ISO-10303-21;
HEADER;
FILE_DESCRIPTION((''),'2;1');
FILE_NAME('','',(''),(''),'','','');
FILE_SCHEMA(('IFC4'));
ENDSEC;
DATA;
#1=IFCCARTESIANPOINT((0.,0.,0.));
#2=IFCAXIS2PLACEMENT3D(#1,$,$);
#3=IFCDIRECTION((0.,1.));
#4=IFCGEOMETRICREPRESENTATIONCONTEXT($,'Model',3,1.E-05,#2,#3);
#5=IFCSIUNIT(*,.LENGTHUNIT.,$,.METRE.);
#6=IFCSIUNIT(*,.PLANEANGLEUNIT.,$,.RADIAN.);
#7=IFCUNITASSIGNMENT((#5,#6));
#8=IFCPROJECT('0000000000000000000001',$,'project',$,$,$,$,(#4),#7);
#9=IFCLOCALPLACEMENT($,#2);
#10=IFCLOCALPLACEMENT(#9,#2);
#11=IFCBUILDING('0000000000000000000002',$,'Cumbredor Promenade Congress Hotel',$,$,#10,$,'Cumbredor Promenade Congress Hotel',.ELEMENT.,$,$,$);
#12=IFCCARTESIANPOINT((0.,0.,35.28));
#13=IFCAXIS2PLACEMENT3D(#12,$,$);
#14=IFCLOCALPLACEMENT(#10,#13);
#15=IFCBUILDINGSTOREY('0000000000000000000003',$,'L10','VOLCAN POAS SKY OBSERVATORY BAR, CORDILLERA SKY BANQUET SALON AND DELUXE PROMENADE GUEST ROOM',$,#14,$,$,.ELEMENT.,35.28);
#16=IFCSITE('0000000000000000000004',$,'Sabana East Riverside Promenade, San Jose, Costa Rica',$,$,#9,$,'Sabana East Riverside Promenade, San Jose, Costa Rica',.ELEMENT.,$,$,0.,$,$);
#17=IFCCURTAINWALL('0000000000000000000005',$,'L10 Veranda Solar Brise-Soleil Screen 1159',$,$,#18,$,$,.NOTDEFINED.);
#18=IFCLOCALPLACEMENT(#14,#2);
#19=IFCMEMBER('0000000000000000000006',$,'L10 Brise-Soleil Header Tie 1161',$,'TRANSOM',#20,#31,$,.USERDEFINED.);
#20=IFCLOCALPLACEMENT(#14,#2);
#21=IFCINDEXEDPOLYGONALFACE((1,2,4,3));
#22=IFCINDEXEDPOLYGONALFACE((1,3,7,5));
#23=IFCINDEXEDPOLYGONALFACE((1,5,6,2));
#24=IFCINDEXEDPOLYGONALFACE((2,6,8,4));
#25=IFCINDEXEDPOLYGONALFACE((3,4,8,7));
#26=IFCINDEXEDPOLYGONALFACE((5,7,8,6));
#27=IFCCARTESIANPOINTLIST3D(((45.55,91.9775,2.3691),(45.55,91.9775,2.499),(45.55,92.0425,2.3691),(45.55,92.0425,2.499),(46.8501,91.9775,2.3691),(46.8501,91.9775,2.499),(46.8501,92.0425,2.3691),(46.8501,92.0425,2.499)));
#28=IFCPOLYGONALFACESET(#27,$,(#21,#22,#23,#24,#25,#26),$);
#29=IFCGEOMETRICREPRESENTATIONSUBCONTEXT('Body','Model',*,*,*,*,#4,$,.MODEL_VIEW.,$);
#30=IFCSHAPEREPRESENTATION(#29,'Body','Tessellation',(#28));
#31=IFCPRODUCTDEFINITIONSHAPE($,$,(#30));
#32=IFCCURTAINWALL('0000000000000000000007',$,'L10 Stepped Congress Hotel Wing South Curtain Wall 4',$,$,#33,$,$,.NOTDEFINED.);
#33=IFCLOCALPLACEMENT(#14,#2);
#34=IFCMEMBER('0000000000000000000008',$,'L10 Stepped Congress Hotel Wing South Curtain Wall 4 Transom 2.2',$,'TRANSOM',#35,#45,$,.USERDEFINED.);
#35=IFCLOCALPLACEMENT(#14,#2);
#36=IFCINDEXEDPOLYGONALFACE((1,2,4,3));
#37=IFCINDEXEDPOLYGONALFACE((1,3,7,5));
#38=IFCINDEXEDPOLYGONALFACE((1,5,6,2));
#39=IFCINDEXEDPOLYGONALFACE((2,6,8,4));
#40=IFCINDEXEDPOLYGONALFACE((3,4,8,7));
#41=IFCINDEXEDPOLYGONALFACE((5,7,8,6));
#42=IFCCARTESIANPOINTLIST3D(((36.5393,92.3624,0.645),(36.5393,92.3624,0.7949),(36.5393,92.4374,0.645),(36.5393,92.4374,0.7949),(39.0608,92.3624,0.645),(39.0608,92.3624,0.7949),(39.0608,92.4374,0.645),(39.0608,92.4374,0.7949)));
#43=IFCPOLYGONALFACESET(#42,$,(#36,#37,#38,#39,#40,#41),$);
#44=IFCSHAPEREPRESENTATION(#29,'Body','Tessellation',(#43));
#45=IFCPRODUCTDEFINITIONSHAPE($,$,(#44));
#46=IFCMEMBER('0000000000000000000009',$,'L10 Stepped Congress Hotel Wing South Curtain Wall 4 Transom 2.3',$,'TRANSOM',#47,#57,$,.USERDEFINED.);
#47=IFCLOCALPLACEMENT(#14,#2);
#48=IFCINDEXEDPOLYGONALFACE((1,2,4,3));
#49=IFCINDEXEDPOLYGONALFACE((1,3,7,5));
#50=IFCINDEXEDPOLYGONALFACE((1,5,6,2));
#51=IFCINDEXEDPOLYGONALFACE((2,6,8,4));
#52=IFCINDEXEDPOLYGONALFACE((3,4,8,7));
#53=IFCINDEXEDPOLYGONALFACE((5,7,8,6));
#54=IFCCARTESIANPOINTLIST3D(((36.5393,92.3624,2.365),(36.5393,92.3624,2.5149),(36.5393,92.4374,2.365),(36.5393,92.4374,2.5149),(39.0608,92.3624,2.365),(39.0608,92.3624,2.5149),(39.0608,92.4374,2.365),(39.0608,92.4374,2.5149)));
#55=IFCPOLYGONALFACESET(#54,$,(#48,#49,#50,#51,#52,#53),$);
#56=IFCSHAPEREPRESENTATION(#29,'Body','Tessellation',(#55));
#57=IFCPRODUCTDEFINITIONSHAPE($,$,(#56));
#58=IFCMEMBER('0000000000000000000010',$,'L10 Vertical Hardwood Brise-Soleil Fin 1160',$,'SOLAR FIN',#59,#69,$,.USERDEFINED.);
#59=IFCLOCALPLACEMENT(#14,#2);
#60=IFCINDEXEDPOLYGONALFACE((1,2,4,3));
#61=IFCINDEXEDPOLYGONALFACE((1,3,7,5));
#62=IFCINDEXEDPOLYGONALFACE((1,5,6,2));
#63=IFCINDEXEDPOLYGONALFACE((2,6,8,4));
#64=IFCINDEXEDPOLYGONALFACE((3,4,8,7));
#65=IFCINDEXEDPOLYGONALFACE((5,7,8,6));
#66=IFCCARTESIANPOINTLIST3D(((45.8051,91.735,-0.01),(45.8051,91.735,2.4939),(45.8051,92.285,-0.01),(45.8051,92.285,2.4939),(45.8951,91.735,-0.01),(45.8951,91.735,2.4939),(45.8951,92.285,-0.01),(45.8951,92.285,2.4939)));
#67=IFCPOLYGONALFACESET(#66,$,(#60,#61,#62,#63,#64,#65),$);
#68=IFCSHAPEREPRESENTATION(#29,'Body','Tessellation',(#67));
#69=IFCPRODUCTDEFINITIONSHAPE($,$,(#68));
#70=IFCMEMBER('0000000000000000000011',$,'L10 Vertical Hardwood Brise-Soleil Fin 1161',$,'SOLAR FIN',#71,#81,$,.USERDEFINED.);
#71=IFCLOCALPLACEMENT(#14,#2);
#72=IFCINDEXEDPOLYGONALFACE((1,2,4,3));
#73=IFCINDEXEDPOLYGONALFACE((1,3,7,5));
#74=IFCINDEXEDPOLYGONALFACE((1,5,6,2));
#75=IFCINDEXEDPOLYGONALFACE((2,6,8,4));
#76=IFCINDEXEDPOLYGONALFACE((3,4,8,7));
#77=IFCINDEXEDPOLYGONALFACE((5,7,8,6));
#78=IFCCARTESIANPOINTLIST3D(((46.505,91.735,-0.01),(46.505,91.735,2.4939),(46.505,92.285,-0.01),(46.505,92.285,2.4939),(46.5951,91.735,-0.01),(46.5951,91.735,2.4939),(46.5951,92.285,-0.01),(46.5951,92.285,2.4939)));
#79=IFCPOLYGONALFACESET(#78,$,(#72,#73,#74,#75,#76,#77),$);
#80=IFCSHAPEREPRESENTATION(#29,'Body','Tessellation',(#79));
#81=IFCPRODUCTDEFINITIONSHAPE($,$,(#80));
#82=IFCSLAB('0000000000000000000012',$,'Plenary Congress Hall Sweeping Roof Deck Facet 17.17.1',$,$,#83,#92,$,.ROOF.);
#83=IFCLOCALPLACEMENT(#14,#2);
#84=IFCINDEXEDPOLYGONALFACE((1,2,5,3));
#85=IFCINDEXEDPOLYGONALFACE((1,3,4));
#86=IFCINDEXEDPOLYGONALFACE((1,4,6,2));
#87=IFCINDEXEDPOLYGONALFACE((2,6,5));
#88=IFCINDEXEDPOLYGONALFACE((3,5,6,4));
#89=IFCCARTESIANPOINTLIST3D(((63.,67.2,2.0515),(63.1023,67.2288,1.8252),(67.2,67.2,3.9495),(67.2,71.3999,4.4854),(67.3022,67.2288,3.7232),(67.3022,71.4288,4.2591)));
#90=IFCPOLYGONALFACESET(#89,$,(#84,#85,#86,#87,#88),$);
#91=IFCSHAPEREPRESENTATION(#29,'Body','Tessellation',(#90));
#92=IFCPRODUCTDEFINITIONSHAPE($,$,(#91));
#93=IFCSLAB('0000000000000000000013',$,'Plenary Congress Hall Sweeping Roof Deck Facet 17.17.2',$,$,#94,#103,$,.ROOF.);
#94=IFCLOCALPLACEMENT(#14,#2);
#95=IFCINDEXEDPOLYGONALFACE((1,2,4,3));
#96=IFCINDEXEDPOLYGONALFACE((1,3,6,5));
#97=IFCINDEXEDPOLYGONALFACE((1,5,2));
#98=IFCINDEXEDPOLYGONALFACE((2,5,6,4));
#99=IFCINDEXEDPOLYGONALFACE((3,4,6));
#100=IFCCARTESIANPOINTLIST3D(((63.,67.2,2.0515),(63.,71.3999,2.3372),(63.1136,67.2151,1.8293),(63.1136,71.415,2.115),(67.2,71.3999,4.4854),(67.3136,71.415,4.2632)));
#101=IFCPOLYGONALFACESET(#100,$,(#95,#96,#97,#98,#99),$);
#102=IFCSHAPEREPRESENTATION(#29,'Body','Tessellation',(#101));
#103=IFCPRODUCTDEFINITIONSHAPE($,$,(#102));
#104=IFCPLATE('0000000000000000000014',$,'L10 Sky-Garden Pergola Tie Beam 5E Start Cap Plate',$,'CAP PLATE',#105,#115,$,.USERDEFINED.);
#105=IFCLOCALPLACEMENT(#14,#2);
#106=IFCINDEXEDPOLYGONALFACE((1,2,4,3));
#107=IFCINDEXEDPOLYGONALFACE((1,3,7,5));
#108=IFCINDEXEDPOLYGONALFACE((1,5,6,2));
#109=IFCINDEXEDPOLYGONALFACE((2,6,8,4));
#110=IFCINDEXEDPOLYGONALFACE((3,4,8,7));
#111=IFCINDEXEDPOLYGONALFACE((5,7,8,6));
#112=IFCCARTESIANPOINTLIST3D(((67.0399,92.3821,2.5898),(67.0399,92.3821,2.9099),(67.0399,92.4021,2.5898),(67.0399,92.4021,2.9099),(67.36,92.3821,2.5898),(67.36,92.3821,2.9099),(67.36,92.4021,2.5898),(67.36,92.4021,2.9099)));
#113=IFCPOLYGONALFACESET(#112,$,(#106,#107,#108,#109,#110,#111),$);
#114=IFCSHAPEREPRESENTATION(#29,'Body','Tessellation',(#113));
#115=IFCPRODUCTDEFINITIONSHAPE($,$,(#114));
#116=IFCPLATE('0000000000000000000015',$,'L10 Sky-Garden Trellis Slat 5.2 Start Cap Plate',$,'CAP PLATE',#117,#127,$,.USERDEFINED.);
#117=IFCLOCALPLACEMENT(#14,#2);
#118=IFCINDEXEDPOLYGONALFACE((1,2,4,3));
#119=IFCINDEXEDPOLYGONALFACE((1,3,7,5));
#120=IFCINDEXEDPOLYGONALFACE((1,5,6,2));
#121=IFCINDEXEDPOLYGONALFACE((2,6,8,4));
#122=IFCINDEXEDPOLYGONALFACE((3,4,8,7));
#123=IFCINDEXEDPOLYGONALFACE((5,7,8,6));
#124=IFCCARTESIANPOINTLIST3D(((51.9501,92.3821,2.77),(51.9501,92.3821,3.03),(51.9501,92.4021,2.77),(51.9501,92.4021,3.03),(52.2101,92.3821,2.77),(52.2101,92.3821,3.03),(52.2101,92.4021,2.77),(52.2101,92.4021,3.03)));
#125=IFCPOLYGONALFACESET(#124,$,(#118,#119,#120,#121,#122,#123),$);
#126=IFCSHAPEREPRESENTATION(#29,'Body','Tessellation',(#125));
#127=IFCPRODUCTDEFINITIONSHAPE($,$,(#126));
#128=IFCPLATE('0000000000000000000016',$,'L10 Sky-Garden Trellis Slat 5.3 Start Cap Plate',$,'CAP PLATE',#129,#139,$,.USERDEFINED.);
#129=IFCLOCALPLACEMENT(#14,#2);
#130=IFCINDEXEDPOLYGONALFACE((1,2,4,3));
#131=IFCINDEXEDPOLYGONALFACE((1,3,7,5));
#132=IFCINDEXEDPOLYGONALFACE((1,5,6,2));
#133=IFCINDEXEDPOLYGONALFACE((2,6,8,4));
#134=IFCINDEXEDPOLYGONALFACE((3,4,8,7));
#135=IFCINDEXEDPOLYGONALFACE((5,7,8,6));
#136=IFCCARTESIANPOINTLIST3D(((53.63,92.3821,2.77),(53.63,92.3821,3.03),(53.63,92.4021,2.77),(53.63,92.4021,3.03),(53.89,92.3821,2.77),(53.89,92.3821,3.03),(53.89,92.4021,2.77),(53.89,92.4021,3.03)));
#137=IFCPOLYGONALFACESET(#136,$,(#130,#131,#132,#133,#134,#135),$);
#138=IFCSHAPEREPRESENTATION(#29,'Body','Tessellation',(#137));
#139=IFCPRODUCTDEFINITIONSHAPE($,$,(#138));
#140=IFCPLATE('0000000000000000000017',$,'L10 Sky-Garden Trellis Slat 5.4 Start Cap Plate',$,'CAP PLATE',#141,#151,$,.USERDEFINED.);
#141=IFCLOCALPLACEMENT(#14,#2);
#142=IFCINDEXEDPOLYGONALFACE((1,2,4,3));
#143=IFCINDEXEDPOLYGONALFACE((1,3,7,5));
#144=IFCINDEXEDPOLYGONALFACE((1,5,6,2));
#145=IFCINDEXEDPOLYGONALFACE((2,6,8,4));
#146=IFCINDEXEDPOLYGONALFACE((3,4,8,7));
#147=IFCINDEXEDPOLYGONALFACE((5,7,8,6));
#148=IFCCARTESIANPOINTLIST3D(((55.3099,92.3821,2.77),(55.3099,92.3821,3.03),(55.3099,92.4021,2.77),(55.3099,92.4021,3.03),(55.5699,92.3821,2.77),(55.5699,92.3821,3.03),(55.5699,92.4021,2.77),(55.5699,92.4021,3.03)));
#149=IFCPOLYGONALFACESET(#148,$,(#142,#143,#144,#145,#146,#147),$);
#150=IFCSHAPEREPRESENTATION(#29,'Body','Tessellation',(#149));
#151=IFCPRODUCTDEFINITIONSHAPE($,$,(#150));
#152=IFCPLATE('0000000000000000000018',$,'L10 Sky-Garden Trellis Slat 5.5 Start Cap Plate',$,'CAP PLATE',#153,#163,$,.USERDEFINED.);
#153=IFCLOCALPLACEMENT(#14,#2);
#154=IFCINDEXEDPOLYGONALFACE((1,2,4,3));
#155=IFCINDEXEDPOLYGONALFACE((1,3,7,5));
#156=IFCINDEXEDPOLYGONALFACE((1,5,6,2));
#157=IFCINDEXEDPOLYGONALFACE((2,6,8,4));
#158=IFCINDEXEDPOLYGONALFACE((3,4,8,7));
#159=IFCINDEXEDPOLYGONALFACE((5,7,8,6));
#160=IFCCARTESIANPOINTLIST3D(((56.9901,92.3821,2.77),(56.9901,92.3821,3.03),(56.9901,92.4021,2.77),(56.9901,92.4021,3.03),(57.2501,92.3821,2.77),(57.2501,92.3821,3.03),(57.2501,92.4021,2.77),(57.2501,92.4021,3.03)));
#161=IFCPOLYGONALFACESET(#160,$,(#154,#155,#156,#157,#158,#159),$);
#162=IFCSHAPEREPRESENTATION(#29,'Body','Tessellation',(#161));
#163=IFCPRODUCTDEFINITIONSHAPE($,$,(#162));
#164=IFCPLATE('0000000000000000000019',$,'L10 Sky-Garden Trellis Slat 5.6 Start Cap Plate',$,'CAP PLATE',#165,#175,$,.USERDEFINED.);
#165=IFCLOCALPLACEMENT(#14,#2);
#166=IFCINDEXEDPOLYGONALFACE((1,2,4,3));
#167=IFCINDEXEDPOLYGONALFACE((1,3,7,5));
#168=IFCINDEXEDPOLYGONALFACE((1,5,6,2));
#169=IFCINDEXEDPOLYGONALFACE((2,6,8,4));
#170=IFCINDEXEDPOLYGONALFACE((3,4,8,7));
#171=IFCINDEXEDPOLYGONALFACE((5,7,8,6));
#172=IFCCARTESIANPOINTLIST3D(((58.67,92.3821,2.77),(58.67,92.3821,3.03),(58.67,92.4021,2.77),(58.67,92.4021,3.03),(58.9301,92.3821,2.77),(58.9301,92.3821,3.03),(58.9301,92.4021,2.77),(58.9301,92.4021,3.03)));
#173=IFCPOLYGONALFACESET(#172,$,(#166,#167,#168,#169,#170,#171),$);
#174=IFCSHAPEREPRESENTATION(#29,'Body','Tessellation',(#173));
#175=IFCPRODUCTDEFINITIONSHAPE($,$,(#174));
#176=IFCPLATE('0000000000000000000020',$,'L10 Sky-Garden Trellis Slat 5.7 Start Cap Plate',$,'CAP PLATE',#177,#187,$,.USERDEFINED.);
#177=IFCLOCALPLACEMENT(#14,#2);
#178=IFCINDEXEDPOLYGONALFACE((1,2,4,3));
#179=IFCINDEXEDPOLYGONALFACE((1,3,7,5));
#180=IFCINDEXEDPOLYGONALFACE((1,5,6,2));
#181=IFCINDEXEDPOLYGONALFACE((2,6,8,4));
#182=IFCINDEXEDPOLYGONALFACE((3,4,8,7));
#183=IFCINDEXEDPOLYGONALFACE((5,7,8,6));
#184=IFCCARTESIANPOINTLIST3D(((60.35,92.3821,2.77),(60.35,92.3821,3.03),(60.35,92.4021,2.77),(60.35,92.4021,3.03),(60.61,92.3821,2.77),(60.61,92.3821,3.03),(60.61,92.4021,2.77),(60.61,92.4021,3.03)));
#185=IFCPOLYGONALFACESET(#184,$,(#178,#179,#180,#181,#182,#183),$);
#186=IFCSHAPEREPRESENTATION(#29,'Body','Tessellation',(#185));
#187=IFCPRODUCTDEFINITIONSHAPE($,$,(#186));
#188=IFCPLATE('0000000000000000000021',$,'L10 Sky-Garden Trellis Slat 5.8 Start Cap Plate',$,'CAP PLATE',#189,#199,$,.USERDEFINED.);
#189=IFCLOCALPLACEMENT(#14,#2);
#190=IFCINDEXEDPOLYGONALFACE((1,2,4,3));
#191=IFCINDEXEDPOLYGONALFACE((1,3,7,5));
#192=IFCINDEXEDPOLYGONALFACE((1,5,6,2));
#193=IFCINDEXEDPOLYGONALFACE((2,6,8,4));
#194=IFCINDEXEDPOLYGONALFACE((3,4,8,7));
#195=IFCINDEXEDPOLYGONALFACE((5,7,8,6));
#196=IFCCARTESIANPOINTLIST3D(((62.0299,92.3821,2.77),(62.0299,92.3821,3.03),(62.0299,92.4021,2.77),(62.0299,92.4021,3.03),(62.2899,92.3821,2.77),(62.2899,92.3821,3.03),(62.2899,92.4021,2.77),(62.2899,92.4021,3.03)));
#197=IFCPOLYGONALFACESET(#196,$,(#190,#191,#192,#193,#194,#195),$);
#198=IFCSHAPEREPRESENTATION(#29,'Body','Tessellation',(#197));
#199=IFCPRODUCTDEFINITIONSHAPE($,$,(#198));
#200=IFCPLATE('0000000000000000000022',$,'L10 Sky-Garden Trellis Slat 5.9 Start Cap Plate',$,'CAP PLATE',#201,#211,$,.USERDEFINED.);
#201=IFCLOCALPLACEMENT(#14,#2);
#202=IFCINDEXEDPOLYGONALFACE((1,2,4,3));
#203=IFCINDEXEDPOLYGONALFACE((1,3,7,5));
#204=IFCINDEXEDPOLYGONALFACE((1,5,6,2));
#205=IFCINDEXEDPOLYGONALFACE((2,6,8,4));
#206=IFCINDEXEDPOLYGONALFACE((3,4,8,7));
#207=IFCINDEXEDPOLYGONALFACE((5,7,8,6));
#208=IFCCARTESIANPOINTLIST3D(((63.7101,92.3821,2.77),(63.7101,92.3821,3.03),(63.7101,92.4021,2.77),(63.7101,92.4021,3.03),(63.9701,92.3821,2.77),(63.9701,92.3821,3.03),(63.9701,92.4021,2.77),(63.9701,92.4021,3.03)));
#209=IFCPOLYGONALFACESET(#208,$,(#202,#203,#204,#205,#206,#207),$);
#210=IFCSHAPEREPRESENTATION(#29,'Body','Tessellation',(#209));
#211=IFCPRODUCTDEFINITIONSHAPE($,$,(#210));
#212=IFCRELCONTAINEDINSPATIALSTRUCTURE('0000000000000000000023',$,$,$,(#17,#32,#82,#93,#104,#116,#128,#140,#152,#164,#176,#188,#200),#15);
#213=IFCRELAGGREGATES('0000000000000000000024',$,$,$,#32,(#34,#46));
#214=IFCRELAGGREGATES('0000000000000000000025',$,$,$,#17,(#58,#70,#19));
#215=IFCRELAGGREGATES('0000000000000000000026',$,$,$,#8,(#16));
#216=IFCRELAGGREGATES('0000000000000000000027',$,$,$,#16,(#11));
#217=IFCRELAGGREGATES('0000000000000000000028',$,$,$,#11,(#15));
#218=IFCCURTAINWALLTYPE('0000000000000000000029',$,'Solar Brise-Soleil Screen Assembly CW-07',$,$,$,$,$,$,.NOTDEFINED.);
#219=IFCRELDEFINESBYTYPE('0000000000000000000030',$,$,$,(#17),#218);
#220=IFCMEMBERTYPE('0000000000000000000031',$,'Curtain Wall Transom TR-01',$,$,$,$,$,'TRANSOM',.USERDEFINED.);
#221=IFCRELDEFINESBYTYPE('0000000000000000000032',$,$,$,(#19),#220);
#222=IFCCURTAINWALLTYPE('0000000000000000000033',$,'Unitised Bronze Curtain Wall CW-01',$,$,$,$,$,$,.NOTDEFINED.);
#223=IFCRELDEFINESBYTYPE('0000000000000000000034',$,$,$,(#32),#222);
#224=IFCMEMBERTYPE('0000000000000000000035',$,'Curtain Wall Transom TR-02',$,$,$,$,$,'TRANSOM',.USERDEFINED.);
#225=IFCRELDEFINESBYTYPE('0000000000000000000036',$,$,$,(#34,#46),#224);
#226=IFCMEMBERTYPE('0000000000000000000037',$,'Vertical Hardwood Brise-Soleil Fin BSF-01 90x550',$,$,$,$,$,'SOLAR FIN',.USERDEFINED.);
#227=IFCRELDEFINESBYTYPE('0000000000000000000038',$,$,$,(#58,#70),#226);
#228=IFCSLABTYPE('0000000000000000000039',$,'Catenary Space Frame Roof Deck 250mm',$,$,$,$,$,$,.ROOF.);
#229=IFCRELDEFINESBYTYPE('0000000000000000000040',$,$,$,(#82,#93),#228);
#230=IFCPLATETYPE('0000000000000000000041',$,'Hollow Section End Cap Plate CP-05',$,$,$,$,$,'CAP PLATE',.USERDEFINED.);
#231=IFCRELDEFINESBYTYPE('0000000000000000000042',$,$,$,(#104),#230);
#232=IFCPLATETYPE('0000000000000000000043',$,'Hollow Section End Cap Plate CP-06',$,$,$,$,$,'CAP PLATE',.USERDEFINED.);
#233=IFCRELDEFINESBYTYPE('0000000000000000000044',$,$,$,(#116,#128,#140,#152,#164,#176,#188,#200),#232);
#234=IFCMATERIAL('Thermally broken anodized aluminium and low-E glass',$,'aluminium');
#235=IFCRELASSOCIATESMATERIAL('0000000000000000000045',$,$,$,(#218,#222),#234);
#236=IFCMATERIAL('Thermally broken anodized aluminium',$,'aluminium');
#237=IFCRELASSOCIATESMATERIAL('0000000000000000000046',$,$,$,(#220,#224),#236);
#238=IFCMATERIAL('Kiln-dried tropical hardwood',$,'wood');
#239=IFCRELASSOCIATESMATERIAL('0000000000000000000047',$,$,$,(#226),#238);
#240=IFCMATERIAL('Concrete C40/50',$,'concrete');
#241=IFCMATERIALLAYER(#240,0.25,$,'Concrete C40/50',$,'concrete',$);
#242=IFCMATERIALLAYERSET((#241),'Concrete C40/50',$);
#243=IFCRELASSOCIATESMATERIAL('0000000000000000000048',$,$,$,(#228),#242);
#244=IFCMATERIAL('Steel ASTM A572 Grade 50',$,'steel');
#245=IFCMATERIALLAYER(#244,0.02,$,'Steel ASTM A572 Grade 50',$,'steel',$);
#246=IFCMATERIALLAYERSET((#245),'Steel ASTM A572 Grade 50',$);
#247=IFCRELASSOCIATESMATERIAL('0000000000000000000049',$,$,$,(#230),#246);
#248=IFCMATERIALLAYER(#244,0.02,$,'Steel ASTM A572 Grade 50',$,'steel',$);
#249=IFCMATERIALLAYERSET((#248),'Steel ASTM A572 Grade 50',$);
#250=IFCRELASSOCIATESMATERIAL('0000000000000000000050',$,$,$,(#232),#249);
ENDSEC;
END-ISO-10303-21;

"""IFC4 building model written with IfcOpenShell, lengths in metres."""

from ifc_helpers import new_model, si_unit, direction, frame, origin, origin_2d, place, context, subcontext, project, spatial, polyline, rectangle, outline, extrude, material, layer, layer_set, material_profile, profile_set, type_object, element, aggregate, save


model = new_model("IFC4")

# Units and contexts
model_context = context("Model", 3, precision=1e-05, world=origin(), true_north=direction((0.0, 1.0)))
body_context = subcontext(model_context, "Body", "Model", "MODEL_VIEW")
ifc_project = project(units=[si_unit("LENGTHUNIT", "METRE"), si_unit("PLANEANGLEUNIT", "RADIAN")], contexts=[model_context])

# Site, building, storey
site_placement = place(None, origin())
site = spatial("IfcSite", under=ifc_project, at=site_placement, Name="Sabana East Riverside Promenade, San Jose, Costa Rica", LongName="Sabana East Riverside Promenade, San Jose, Costa Rica", CompositionType="ELEMENT", RefElevation=0.0)
building_placement = place(site_placement, origin())
building = spatial("IfcBuilding", under=site, at=building_placement, Name="Cumbredor Promenade Congress Hotel", LongName="Cumbredor Promenade Congress Hotel", CompositionType="ELEMENT")
storey_placement = place(building_placement, frame((0.0, 0.0, 35.28)))
storey = spatial("IfcBuildingStorey", under=building, at=storey_placement, Name="L10", Description="VOLCAN POAS SKY OBSERVATORY BAR, CORDILLERA SKY BANQUET SALON AND DELUXE PROMENADE GUEST ROOM", CompositionType="ELEMENT", Elevation=35.28)

# Curtain wall, member
ifc_material_1 = material(Name="Thermally broken anodized aluminium and low-E glass", Category="aluminium")
curtain_wall_type_1 = type_object("IfcCurtainWallType", Name="Solar Brise-Soleil Screen Assembly CW-07", PredefinedType="NOTDEFINED", material=ifc_material_1)
curtain_wall_1_placement = place(storey_placement, origin())
curtain_wall_1 = element("IfcCurtainWall", 1, at=curtain_wall_1_placement, inside=storey, type_object=curtain_wall_type_1, Name="L10 Veranda Solar Brise-Soleil Screen 1159", PredefinedType="NOTDEFINED")
ifc_material_2 = material(Name="Thermally broken anodized aluminium", Category="aluminium")
ifc_material_profile_1 = material_profile(ifc_material_2, rectangle(XDim=0.0649, YDim=0.1299, at=origin_2d()), Name="ALU TRANSOM 65x130")
ifc_profile_set_1 = profile_set([ifc_material_profile_1], Name="Thermally broken anodized aluminium")
member_type_1 = type_object("IfcMemberType", Name="Curtain Wall Transom TR-01", ElementType="TRANSOM", PredefinedType="USERDEFINED", material=ifc_profile_set_1)
member_1_placement = place(storey_placement, frame((45.55, 92.01, 2.4341), z_axis=(1.0, 0.0, 0.0), x_axis=(0.0, 1.0, 0.0)))
member_1 = element("IfcMember", 2, at=member_1_placement, type_object=member_type_1, Name="L10 Brise-Soleil Header Tie 1161", ObjectType="TRANSOM", PredefinedType="USERDEFINED", context=body_context, shape_type="SweptSolid", body=[
    extrude(rectangle(XDim=0.0649, YDim=0.1299, at=origin_2d()), origin(), (0.0, 0.0, 1.0), 1.3),
])

# Curtain wall, members
curtain_wall_type_2 = type_object("IfcCurtainWallType", Name="Unitised Bronze Curtain Wall CW-01", PredefinedType="NOTDEFINED", material=ifc_material_1)
curtain_wall_2_placement = place(storey_placement, origin())
curtain_wall_2 = element("IfcCurtainWall", 3, at=curtain_wall_2_placement, inside=storey, type_object=curtain_wall_type_2, Name="L10 Stepped Congress Hotel Wing South Curtain Wall 4", PredefinedType="NOTDEFINED")
ifc_material_profile_2 = material_profile(ifc_material_2, rectangle(XDim=0.075, YDim=0.1499, at=origin_2d()), Name="ALU TRANSOM 75x150")
ifc_profile_set_2 = profile_set([ifc_material_profile_2], Name="Thermally broken anodized aluminium")
member_type_2 = type_object("IfcMemberType", Name="Curtain Wall Transom TR-02", ElementType="TRANSOM", PredefinedType="USERDEFINED", material=ifc_profile_set_2)
member_2_placement = place(storey_placement, frame((36.5393, 92.3999, 0.72), z_axis=(1.0, 0.0, 0.0), x_axis=(0.0, 1.0, 0.0)))
member_2 = element("IfcMember", 4, at=member_2_placement, type_object=member_type_2, Name="L10 Stepped Congress Hotel Wing South Curtain Wall 4 Transom 2.2", ObjectType="TRANSOM", PredefinedType="USERDEFINED", context=body_context, shape_type="SweptSolid", body=[
    extrude(rectangle(XDim=0.075, YDim=0.1499, at=origin_2d()), origin(), (0.0, 0.0, 1.0), 2.5215),
])
member_3_placement = place(storey_placement, frame((36.5393, 92.3999, 2.4399), z_axis=(1.0, 0.0, 0.0), x_axis=(0.0, 1.0, 0.0)))
member_3 = element("IfcMember", 5, at=member_3_placement, type_object=member_type_2, Name="L10 Stepped Congress Hotel Wing South Curtain Wall 4 Transom 2.3", ObjectType="TRANSOM", PredefinedType="USERDEFINED", context=body_context, shape_type="SweptSolid", body=[
    extrude(rectangle(XDim=0.075, YDim=0.1499, at=origin_2d()), origin(), (0.0, 0.0, 1.0), 2.5215),
])
aggregate(curtain_wall_2, [member_2, member_3])

# Members
ifc_material_3 = material(Name="Kiln-dried tropical hardwood", Category="wood")
ifc_material_profile_3 = material_profile(ifc_material_3, rectangle(XDim=0.0901, YDim=0.55, at=origin_2d()), Name="ARCH FIN 90x550")
ifc_profile_set_3 = profile_set([ifc_material_profile_3], Name="Kiln-dried tropical hardwood")
member_type_3 = type_object("IfcMemberType", Name="Vertical Hardwood Brise-Soleil Fin BSF-01 90x550", ElementType="SOLAR FIN", PredefinedType="USERDEFINED", material=ifc_profile_set_3)
member_4_placement = place(storey_placement, frame((45.8501, 92.01, -0.01), z_axis=(0.0, 0.0, 1.0), x_axis=(1.0, 0.0, 0.0)))
member_4 = element("IfcMember", 6, at=member_4_placement, type_object=member_type_3, Name="L10 Vertical Hardwood Brise-Soleil Fin 1160", ObjectType="SOLAR FIN", PredefinedType="USERDEFINED", context=body_context, shape_type="SweptSolid", body=[
    extrude(rectangle(XDim=0.0901, YDim=0.55, at=origin_2d()), origin(), (0.0, 0.0, 1.0), 2.5039),
])
member_5_placement = place(storey_placement, frame((46.55, 92.01, -0.01), z_axis=(0.0, 0.0, 1.0), x_axis=(1.0, 0.0, 0.0)))
member_5 = element("IfcMember", 7, at=member_5_placement, type_object=member_type_3, Name="L10 Vertical Hardwood Brise-Soleil Fin 1161", ObjectType="SOLAR FIN", PredefinedType="USERDEFINED", context=body_context, shape_type="SweptSolid", body=[
    extrude(rectangle(XDim=0.0901, YDim=0.55, at=origin_2d()), origin(), (0.0, 0.0, 1.0), 2.5039),
])
aggregate(curtain_wall_1, [member_4, member_5, member_1])

# Slabs
ifc_material_4 = material(Name="Concrete C40/50", Category="concrete")
ifc_layer_1 = layer(ifc_material_4, 0.25, Name="Concrete C40/50", Category="concrete")
ifc_layer_set_1 = layer_set([ifc_layer_1], Name="Concrete C40/50")
slab_type = type_object("IfcSlabType", Name="Catenary Space Frame Roof Deck 250mm", PredefinedType="ROOF", material=ifc_layer_set_1)
slab_1_placement = place(storey_placement, frame((63.0, 67.2, 2.0515), z_axis=(-0.409047, -0.115495, 0.905175), x_axis=(0.911273, 0.0, 0.411802)))
element("IfcSlab", 8, at=slab_1_placement, inside=storey, type_object=slab_type, Name="Plenary Congress Hall Sweeping Roof Deck Facet 17.17.1", PredefinedType="ROOF", context=body_context, shape_type="SweptSolid", body=[
    extrude(outline(polyline([(0.0, 0.0), (4.6089, 0.0), (4.8296, 4.2282), (0.0, 0.0)])), origin(), (0.0, 0.0, -1.0), 0.25),
])
slab_2_placement = place(storey_placement, frame((63.0, 67.2, 2.0515), z_axis=(-0.454539, -0.06044, 0.888674), x_axis=(0.654306, 0.654306, 0.379165)))
element("IfcSlab", 9, at=slab_2_placement, inside=storey, type_object=slab_type, Name="Plenary Congress Hall Sweeping Roof Deck Facet 17.17.2", PredefinedType="ROOF", context=body_context, shape_type="SweptSolid", body=[
    extrude(outline(polyline([(0.0, 0.0), (6.4189, 0.0), (2.8564, 3.0923), (0.0, 0.0)])), origin(), (0.0, 0.0, -1.0), 0.25),
])

# Plates
ifc_material_5 = material(Name="Steel ASTM A572 Grade 50", Category="steel")
ifc_layer_2 = layer(ifc_material_5, 0.02, Name="Steel ASTM A572 Grade 50", Category="steel")
ifc_layer_set_2 = layer_set([ifc_layer_2], Name="Steel ASTM A572 Grade 50")
plate_type_1 = type_object("IfcPlateType", Name="Hollow Section End Cap Plate CP-05", ElementType="CAP PLATE", PredefinedType="USERDEFINED", material=ifc_layer_set_2)
plate_placement = place(storey_placement, frame((67.2, 92.3921, 2.5898), z_axis=(0.0, 0.0, 1.0), x_axis=(0.0, 1.0, 0.0)))
element("IfcPlate", 10, at=plate_placement, inside=storey, type_object=plate_type_1, Name="L10 Sky-Garden Pergola Tie Beam 5E Start Cap Plate", ObjectType="CAP PLATE", PredefinedType="USERDEFINED", context=body_context, shape_type="SweptSolid", body=[
    extrude(rectangle(XDim=0.02, YDim=0.3201, at=origin_2d()), origin(), (0.0, 0.0, 1.0), 0.3201),
])
ifc_layer_3 = layer(ifc_material_5, 0.02, Name="Steel ASTM A572 Grade 50", Category="steel")
ifc_layer_set_3 = layer_set([ifc_layer_3], Name="Steel ASTM A572 Grade 50")
plate_type_2 = type_object("IfcPlateType", Name="Hollow Section End Cap Plate CP-06", ElementType="CAP PLATE", PredefinedType="USERDEFINED", material=ifc_layer_set_3)
for number, where, z_axis, x_axis, name in (
    (11, (52.0801, 92.3921, 2.77), (0.0, 0.0, 1.0), (0.0, 1.0, 0.0), "L10 Sky-Garden Trellis Slat 5.2 Start Cap Plate"),
    (12, (53.76, 92.3921, 2.77), (0.0, 0.0, 1.0), (0.0, 1.0, 0.0), "L10 Sky-Garden Trellis Slat 5.3 Start Cap Plate"),
    (13, (55.4399, 92.3921, 2.77), (0.0, 0.0, 1.0), (0.0, 1.0, 0.0), "L10 Sky-Garden Trellis Slat 5.4 Start Cap Plate"),
    (14, (57.1201, 92.3921, 2.77), (0.0, 0.0, 1.0), (0.0, 1.0, 0.0), "L10 Sky-Garden Trellis Slat 5.5 Start Cap Plate"),
    (15, (58.8, 92.3921, 2.77), (0.0, 0.0, 1.0), (0.0, 1.0, 0.0), "L10 Sky-Garden Trellis Slat 5.6 Start Cap Plate"),
    (16, (60.48, 92.3921, 2.77), (0.0, 0.0, 1.0), (0.0, 1.0, 0.0), "L10 Sky-Garden Trellis Slat 5.7 Start Cap Plate"),
    (17, (62.1599, 92.3921, 2.77), (0.0, 0.0, 1.0), (0.0, 1.0, 0.0), "L10 Sky-Garden Trellis Slat 5.8 Start Cap Plate"),
    (18, (63.8401, 92.3921, 2.77), (0.0, 0.0, 1.0), (0.0, 1.0, 0.0), "L10 Sky-Garden Trellis Slat 5.9 Start Cap Plate"),
):
    element("IfcPlate", number, at=place(storey_placement, frame(where, z_axis=z_axis, x_axis=x_axis)), inside=storey, type_object=plate_type_2, Name=name, ObjectType="CAP PLATE", PredefinedType="USERDEFINED", context=body_context, shape_type="SweptSolid", body=[
        extrude(rectangle(XDim=0.02, YDim=0.26, at=origin_2d()), origin(), (0.0, 0.0, 1.0), 0.26),
    ])

save(model, "model.ifc")
